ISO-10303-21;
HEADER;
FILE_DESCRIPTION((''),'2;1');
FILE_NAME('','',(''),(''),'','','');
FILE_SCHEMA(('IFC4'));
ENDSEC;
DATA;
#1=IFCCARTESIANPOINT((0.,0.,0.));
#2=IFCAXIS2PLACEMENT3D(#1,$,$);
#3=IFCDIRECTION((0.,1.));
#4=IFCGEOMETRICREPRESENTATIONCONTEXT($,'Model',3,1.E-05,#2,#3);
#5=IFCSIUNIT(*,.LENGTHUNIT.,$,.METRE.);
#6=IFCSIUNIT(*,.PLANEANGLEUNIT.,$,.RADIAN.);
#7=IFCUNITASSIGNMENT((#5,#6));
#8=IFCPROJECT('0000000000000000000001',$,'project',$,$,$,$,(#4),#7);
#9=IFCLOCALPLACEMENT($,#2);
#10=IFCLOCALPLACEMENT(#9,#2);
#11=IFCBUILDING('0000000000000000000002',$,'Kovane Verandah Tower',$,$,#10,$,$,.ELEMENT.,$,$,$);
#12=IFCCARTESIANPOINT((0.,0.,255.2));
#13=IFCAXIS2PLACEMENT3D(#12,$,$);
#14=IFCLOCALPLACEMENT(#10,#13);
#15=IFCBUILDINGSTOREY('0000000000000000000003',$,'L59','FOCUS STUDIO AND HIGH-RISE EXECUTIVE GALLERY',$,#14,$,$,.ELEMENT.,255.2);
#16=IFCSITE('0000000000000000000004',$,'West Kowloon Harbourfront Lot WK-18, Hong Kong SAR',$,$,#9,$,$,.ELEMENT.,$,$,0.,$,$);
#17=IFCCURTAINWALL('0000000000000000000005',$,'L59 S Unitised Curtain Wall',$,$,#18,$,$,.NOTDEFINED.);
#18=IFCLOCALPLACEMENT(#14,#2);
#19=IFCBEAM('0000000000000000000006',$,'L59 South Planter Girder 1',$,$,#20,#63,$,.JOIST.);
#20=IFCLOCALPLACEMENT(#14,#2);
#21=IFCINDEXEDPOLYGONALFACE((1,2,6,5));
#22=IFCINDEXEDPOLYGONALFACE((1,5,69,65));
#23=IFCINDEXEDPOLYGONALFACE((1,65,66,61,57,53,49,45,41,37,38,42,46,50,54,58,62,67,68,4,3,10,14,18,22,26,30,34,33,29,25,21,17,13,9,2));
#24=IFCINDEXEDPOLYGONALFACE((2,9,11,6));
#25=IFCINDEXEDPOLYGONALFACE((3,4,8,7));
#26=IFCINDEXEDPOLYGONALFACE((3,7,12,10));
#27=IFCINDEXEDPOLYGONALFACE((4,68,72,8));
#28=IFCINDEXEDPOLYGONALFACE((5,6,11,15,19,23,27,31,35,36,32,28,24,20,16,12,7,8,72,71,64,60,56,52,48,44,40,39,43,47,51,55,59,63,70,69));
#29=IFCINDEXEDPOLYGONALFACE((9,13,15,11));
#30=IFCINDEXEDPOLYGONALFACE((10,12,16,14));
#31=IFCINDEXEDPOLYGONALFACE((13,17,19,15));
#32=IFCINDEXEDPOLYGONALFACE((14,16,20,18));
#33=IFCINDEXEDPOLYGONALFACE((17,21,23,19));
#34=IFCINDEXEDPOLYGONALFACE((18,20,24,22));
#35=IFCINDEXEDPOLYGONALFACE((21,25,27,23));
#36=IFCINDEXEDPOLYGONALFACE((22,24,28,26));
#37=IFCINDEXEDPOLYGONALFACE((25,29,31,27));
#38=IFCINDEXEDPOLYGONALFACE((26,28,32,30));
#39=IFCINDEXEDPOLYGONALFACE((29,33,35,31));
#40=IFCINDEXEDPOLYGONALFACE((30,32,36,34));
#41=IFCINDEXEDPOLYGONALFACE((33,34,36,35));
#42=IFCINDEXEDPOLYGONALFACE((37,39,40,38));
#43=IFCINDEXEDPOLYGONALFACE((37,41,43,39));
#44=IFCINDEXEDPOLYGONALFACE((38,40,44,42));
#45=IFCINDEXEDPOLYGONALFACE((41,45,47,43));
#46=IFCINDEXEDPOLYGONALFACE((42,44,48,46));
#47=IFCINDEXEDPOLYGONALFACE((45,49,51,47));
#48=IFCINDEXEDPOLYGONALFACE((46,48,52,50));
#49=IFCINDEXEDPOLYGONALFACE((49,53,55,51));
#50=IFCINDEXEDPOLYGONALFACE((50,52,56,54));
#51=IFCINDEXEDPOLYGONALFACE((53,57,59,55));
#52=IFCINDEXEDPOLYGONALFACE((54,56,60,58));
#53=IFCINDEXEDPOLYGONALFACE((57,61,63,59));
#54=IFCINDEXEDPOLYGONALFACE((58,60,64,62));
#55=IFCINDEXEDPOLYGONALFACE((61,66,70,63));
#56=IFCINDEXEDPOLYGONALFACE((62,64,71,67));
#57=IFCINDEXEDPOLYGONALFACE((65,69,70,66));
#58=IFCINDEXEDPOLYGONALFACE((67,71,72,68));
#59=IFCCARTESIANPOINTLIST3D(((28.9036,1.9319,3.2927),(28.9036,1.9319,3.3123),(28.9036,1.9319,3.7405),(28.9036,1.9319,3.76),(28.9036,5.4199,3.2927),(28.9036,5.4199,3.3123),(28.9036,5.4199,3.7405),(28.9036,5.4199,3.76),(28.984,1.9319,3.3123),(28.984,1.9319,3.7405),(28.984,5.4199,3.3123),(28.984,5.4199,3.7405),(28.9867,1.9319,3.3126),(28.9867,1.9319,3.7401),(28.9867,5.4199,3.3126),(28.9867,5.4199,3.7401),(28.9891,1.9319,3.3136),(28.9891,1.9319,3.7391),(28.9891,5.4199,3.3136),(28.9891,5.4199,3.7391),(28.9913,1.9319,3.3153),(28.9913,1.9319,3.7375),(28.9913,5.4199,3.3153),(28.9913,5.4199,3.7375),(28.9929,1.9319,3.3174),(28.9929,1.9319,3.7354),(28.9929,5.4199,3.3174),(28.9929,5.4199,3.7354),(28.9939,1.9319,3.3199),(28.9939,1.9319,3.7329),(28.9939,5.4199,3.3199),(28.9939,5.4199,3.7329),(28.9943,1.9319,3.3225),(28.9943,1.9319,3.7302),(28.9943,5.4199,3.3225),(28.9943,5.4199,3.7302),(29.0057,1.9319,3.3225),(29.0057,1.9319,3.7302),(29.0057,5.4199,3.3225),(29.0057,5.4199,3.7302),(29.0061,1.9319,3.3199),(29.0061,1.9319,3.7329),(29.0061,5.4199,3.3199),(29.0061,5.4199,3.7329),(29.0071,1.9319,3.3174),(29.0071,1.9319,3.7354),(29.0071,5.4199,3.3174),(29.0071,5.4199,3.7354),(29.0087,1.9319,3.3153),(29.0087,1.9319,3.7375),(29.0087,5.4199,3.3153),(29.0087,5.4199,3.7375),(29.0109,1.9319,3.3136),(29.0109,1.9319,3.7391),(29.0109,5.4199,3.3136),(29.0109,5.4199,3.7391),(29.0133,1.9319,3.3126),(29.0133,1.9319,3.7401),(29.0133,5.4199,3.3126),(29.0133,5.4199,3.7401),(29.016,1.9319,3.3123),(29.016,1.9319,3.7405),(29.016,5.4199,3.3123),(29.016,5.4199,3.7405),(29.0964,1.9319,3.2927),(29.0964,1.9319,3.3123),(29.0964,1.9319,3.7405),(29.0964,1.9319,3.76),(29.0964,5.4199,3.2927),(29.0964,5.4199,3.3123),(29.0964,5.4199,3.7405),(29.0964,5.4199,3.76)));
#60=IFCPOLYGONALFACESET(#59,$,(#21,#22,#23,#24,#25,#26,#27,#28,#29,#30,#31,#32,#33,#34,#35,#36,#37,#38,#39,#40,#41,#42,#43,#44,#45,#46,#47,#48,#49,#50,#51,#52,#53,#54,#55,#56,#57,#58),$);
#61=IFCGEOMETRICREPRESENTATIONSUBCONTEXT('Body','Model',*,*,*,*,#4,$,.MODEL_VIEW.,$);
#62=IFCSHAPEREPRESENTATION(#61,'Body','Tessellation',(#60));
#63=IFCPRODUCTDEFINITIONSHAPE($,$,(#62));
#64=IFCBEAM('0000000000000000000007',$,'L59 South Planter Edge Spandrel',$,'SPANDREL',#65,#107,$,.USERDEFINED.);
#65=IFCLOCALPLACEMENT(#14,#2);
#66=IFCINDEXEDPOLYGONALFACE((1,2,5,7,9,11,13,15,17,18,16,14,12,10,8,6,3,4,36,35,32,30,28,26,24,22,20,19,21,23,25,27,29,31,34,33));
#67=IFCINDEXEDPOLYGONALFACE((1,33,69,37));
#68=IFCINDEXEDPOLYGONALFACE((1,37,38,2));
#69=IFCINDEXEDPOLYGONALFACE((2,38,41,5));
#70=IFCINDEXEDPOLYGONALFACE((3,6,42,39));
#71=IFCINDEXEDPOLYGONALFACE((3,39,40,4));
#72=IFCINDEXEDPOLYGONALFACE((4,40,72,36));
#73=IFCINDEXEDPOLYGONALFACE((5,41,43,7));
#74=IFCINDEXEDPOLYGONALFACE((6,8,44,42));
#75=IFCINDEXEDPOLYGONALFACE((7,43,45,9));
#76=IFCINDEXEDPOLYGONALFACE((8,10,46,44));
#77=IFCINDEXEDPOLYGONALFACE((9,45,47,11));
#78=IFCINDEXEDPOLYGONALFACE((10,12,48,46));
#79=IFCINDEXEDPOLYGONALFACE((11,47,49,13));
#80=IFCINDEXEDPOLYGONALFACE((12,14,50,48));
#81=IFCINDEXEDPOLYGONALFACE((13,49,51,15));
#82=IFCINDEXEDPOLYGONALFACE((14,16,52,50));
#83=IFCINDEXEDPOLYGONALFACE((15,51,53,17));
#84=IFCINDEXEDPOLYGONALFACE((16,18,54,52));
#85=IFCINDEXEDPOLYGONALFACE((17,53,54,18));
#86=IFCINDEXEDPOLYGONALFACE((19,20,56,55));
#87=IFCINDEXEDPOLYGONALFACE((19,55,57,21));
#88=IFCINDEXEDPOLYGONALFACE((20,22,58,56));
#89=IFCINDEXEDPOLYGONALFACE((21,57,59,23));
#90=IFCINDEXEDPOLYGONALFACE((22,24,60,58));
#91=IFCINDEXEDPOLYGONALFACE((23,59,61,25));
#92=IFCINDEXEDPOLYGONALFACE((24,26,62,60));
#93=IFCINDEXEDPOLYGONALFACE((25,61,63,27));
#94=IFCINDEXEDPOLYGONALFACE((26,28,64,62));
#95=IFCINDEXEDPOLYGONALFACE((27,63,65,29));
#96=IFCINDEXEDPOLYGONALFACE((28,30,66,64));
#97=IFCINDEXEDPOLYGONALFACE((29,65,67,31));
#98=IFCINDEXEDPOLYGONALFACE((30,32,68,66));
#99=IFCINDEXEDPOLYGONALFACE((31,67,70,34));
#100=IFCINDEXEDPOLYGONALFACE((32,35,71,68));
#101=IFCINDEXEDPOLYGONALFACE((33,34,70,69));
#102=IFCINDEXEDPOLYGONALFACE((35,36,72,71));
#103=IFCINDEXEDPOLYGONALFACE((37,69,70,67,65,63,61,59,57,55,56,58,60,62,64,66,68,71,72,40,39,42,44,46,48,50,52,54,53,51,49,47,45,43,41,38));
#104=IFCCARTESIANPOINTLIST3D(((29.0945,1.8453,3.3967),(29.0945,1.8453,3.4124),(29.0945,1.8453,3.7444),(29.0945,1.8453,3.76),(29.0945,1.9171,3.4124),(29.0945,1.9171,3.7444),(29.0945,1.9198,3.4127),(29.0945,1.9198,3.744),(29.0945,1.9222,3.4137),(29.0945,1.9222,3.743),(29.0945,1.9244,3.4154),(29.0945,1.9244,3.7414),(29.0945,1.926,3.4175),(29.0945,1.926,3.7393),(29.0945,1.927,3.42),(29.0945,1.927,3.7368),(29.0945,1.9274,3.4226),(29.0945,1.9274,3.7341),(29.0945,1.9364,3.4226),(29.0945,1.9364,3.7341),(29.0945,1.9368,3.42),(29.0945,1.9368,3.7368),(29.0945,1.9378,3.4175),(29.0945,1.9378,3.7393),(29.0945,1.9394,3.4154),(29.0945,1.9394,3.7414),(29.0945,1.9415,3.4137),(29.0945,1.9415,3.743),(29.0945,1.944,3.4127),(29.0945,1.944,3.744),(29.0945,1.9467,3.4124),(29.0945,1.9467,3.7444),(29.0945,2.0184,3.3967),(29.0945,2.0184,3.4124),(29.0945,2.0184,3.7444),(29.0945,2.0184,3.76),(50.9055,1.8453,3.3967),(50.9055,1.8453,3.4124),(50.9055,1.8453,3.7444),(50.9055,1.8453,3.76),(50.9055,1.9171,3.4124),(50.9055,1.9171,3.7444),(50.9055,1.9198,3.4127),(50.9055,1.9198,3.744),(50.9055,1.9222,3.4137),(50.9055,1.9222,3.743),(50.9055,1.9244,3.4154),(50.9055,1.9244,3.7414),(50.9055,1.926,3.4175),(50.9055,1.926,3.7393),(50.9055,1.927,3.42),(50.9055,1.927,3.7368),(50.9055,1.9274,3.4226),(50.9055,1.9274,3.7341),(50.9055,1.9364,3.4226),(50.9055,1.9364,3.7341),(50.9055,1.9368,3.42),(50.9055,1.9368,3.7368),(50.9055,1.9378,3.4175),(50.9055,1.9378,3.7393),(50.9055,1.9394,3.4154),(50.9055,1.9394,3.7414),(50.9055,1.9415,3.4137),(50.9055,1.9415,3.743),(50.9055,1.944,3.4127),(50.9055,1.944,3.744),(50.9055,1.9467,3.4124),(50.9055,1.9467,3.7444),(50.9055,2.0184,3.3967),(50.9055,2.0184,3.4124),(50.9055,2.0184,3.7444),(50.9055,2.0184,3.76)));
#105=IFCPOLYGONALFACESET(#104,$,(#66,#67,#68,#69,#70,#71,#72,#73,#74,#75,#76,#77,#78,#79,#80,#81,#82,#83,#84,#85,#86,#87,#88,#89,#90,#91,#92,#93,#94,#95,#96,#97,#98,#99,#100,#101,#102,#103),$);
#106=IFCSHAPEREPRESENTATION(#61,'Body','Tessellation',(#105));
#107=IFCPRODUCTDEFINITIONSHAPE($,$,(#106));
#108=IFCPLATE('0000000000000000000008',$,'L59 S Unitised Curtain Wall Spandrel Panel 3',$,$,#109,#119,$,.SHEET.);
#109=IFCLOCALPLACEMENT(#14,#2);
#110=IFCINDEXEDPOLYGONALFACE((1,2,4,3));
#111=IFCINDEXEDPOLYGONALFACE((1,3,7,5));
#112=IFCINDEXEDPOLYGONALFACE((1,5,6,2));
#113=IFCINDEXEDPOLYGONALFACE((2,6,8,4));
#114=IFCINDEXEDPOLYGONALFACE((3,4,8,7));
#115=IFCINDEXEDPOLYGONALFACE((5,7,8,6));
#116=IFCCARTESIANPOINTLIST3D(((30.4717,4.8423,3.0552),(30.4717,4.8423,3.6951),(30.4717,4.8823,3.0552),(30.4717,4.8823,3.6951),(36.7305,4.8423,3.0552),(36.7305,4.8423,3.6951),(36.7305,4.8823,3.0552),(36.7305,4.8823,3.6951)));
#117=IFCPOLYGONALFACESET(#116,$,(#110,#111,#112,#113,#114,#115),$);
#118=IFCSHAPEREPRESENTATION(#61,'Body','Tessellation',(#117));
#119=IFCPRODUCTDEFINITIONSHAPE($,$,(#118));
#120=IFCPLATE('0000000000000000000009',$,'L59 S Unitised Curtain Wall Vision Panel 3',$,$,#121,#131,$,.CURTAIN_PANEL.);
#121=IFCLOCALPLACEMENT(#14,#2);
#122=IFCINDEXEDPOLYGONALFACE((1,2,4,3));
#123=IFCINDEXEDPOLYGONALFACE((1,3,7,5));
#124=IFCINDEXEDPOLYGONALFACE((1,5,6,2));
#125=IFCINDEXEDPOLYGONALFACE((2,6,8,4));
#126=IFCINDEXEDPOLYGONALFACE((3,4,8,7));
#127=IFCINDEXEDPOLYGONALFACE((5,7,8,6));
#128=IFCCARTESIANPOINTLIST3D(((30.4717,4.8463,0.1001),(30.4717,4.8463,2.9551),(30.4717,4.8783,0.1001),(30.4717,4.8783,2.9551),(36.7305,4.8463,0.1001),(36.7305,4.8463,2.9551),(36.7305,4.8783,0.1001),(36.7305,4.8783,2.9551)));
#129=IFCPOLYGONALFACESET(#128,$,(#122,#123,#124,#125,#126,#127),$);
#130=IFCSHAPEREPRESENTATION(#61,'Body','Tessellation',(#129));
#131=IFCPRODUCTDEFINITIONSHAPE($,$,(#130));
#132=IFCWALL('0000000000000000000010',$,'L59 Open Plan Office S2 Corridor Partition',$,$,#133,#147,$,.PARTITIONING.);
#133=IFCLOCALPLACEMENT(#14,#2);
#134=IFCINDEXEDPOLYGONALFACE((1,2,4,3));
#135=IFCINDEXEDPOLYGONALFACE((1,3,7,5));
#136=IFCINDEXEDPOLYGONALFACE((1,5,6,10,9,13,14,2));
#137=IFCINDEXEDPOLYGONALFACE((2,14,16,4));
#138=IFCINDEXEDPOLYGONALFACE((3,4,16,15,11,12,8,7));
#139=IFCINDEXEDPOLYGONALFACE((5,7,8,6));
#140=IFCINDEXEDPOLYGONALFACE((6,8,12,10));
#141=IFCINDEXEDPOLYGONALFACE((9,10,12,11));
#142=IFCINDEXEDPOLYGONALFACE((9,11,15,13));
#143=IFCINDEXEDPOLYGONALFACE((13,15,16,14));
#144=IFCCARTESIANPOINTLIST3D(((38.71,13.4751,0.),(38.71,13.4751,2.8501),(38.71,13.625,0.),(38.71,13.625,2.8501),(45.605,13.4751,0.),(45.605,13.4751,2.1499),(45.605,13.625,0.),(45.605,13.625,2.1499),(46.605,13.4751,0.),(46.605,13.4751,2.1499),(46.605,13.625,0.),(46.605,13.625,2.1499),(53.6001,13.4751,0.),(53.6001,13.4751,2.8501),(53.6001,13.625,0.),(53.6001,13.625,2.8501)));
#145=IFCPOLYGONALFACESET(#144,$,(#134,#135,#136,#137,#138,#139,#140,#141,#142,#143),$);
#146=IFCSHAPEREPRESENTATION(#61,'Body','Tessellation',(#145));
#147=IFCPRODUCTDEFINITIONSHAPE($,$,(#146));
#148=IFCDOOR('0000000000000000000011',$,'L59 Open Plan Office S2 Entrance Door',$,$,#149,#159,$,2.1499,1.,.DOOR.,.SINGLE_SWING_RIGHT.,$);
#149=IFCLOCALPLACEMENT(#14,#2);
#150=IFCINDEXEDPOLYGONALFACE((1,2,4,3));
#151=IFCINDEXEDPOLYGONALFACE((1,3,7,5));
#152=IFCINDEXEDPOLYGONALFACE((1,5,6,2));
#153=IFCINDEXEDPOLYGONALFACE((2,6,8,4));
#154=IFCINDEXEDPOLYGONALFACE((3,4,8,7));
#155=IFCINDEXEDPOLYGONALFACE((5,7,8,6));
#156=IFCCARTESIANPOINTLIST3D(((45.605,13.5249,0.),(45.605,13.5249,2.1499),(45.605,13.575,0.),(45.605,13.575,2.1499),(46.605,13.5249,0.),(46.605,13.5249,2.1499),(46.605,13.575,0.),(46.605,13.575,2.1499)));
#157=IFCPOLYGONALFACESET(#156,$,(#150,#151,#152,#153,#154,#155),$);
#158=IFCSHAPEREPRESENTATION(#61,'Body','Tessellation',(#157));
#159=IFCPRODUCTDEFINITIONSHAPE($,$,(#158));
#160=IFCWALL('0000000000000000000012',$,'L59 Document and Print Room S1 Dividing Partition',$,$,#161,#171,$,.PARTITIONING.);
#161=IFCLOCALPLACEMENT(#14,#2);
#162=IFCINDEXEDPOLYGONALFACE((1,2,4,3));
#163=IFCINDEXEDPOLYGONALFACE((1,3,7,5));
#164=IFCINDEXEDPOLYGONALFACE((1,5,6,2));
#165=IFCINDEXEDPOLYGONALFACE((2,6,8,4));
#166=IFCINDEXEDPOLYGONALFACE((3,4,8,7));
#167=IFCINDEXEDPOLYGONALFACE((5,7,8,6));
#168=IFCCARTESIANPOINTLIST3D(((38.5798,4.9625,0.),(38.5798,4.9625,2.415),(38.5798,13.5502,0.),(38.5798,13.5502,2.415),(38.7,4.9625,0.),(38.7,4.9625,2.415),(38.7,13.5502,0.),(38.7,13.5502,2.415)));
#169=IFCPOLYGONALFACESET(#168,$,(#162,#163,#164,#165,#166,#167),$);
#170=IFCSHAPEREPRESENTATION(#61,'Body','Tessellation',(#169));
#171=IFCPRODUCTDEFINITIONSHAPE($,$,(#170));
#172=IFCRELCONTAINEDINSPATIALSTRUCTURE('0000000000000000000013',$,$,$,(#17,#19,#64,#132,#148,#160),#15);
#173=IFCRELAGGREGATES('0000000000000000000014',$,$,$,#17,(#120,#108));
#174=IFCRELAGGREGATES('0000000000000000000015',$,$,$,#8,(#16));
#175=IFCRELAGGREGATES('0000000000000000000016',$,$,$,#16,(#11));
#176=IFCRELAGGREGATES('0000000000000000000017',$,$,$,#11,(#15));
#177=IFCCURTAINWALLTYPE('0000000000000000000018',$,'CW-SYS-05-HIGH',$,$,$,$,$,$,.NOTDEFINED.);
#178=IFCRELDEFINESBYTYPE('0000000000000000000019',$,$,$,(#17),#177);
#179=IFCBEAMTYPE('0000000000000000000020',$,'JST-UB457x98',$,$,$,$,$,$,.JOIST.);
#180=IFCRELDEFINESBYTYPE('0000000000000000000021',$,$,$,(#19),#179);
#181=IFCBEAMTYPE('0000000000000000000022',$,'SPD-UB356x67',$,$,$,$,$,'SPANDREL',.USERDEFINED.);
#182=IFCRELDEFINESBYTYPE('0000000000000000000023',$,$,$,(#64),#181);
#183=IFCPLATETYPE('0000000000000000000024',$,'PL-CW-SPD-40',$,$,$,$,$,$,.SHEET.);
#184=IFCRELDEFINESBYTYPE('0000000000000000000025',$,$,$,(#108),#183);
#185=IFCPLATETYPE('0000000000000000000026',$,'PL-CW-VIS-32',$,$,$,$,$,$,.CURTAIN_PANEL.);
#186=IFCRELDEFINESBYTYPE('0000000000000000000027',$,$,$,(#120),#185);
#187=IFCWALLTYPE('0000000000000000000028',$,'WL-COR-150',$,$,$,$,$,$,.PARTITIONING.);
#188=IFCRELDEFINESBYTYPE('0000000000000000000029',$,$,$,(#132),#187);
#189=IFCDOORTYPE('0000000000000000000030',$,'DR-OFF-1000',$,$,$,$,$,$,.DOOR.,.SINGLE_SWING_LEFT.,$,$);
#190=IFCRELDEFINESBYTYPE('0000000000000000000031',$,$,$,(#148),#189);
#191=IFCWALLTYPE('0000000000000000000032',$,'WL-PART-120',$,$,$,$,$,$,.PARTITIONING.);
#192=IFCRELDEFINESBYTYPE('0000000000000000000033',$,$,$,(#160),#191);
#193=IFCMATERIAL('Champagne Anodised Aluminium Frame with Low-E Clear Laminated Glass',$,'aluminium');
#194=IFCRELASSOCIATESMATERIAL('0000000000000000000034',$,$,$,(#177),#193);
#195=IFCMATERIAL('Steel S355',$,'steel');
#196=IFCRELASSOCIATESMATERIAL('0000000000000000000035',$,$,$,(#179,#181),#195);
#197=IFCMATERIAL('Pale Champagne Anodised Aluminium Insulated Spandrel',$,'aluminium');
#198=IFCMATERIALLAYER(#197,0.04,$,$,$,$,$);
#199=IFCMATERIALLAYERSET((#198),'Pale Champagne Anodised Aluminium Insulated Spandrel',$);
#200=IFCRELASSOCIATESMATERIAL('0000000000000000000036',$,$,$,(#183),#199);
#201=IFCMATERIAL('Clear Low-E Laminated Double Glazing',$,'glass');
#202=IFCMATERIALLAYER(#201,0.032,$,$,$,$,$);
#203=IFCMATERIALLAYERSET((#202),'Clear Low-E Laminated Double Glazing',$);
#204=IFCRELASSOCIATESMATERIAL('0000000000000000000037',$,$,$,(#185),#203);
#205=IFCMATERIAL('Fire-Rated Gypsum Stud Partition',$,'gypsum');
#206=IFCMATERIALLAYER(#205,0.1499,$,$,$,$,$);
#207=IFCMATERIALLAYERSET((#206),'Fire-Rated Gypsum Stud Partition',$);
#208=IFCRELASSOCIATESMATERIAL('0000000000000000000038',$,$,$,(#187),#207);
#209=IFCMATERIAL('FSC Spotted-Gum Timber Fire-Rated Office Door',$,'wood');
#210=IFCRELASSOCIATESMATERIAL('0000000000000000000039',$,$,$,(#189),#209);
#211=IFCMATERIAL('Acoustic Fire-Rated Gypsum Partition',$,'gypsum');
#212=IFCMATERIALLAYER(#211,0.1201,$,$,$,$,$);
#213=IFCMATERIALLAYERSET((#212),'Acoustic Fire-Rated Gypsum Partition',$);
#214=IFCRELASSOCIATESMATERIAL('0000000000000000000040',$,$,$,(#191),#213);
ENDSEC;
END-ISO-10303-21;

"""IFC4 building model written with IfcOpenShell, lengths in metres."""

from ifc_helpers import new_model, si_unit, direction, frame, frame_2d, origin, origin_2d, place, context, subcontext, project, spatial, rectangle, i_section, extrude, material, layer, layer_set, material_profile, profile_set, type_object, element, fill, aggregate, save


model = new_model("IFC4")

# Units and contexts
model_context = context("Model", 3, precision=1e-05, world=origin(), true_north=direction((0.0, 1.0)))
body_context = subcontext(model_context, "Body", "Model", "MODEL_VIEW")
ifc_project = project(units=[si_unit("LENGTHUNIT", "METRE"), si_unit("PLANEANGLEUNIT", "RADIAN")], contexts=[model_context])

# Site, building, storey
site_placement = place(None, origin())
site = spatial("IfcSite", under=ifc_project, at=site_placement, Name="West Kowloon Harbourfront Lot WK-18, Hong Kong SAR", CompositionType="ELEMENT", RefElevation=0.0)
building_placement = place(site_placement, origin())
building = spatial("IfcBuilding", under=site, at=building_placement, Name="Kovane Verandah Tower", CompositionType="ELEMENT")
storey_placement = place(building_placement, frame((0.0, 0.0, 255.2)))
storey = spatial("IfcBuildingStorey", under=building, at=storey_placement, Name="L59", Description="FOCUS STUDIO AND HIGH-RISE EXECUTIVE GALLERY", CompositionType="ELEMENT", Elevation=255.2)

# Shared definitions
ifc_material_1 = material(Name="Steel S355", Category="steel")

# Curtain wall
ifc_material_2 = material(Name="Champagne Anodised Aluminium Frame with Low-E Clear Laminated Glass", Category="aluminium")
curtain_wall_type = type_object("IfcCurtainWallType", Name="CW-SYS-05-HIGH", PredefinedType="NOTDEFINED", material=ifc_material_2)
curtain_wall_placement = place(storey_placement, origin())
curtain_wall = element("IfcCurtainWall", 1, at=curtain_wall_placement, inside=storey, type_object=curtain_wall_type, Name="L59 S Unitised Curtain Wall", PredefinedType="NOTDEFINED")

# Beams
ifc_material_profile_1 = material_profile(ifc_material_1, i_section(OverallWidth=0.1929, OverallDepth=0.4673, WebThickness=0.0115, FlangeThickness=0.0195, FilletRadius=0.0103, at=origin_2d()), Name="UB457x191x98")
ifc_profile_set_1 = profile_set([ifc_material_profile_1], Name="Steel S355")
beam_type_1 = type_object("IfcBeamType", Name="JST-UB457x98", PredefinedType="JOIST", material=ifc_profile_set_1)
beam_1_placement = place(storey_placement, frame((29.0, 5.4199, 3.5264), z_axis=(0.0, -1.0, 0.0), x_axis=(1.0, 0.0, 0.0)))
element("IfcBeam", 2, at=beam_1_placement, inside=storey, type_object=beam_type_1, Name="L59 South Planter Girder 1", PredefinedType="JOIST", context=body_context, shape_type="SweptSolid", body=[
    extrude(i_section(OverallWidth=0.1929, OverallDepth=0.4673, WebThickness=0.0115, FlangeThickness=0.0195, FilletRadius=0.0103, at=origin_2d()), origin(), (0.0, 0.0, 1.0), 3.488),
])
ifc_material_profile_2 = material_profile(ifc_material_1, i_section(OverallWidth=0.1731, OverallDepth=0.3633, WebThickness=0.009, FlangeThickness=0.0156, FilletRadius=0.0103, at=origin_2d()), Name="UB356x171x67")
ifc_profile_set_2 = profile_set([ifc_material_profile_2], Name="Steel S355")
beam_type_2 = type_object("IfcBeamType", Name="SPD-UB356x67", ElementType="SPANDREL", PredefinedType="USERDEFINED", material=ifc_profile_set_2)
beam_2_placement = place(storey_placement, frame((29.0945, 1.9319, 3.5784), z_axis=(1.0, 0.0, 0.0), x_axis=(0.0, 1.0, 0.0)))
element("IfcBeam", 3, at=beam_2_placement, inside=storey, type_object=beam_type_2, Name="L59 South Planter Edge Spandrel", ObjectType="SPANDREL", PredefinedType="USERDEFINED", context=body_context, shape_type="SweptSolid", body=[
    extrude(i_section(OverallWidth=0.1731, OverallDepth=0.3633, WebThickness=0.009, FlangeThickness=0.0156, FilletRadius=0.0103, at=origin_2d()), origin(), (0.0, 0.0, 1.0), 21.811),
])

# Plates
ifc_material_3 = material(Name="Pale Champagne Anodised Aluminium Insulated Spandrel", Category="aluminium")
ifc_layer_1 = layer(ifc_material_3, 0.04)
ifc_layer_set_1 = layer_set([ifc_layer_1], Name="Pale Champagne Anodised Aluminium Insulated Spandrel")
plate_type_1 = type_object("IfcPlateType", Name="PL-CW-SPD-40", PredefinedType="SHEET", material=ifc_layer_set_1)
plate_1_placement = place(storey_placement, frame((33.6011, 4.8623, 3.0552), z_axis=(0.0, 0.0, 1.0), x_axis=(1.0, 0.0, 0.0)))
plate_1 = element("IfcPlate", 4, at=plate_1_placement, type_object=plate_type_1, Name="L59 S Unitised Curtain Wall Spandrel Panel 3", PredefinedType="SHEET", context=body_context, shape_type="SweptSolid", body=[
    extrude(rectangle(XDim=6.2588, YDim=0.04, at=origin_2d()), origin(), (0.0, 0.0, 1.0), 0.6399),
])
ifc_material_4 = material(Name="Clear Low-E Laminated Double Glazing", Category="glass")
ifc_layer_2 = layer(ifc_material_4, 0.032)
ifc_layer_set_2 = layer_set([ifc_layer_2], Name="Clear Low-E Laminated Double Glazing")
plate_type_2 = type_object("IfcPlateType", Name="PL-CW-VIS-32", PredefinedType="CURTAIN_PANEL", material=ifc_layer_set_2)
plate_2_placement = place(storey_placement, frame((33.6011, 4.8623, 0.1001), z_axis=(0.0, 0.0, 1.0), x_axis=(1.0, 0.0, 0.0)))
plate_2 = element("IfcPlate", 5, at=plate_2_placement, type_object=plate_type_2, Name="L59 S Unitised Curtain Wall Vision Panel 3", PredefinedType="CURTAIN_PANEL", context=body_context, shape_type="SweptSolid", body=[
    extrude(rectangle(XDim=6.2588, YDim=0.032, at=origin_2d()), origin(), (0.0, 0.0, 1.0), 2.855),
])
aggregate(curtain_wall, [plate_2, plate_1])

# Wall, opening, door
ifc_material_5 = material(Name="Fire-Rated Gypsum Stud Partition", Category="gypsum")
ifc_layer_3 = layer(ifc_material_5, 0.1499)
ifc_layer_set_3 = layer_set([ifc_layer_3], Name="Fire-Rated Gypsum Stud Partition")
wall_type_1 = type_object("IfcWallType", Name="WL-COR-150", PredefinedType="PARTITIONING", material=ifc_layer_set_3)
wall_1_placement = place(storey_placement, frame((38.71, 13.55, 0.0), z_axis=(0.0, 0.0, 1.0), x_axis=(1.0, 0.0, 0.0)))
wall_1 = element("IfcWall", 6, at=wall_1_placement, inside=storey, type_object=wall_type_1, Name="L59 Open Plan Office S2 Corridor Partition", PredefinedType="PARTITIONING", context=body_context, shape_type="SweptSolid", body=[
    extrude(rectangle(XDim=14.8901, YDim=0.1499, at=frame_2d((7.4451, 0.0))), origin(), (0.0, 0.0, 1.0), 2.8501),
])
opening_placement = place(wall_1_placement, frame((6.895, 0.0, 0.0)))
opening = element("IfcOpeningElement", 7, at=opening_placement, cuts=wall_1, PredefinedType="OPENING", context=body_context, shape_type="SweptSolid", body=[
    extrude(rectangle(XDim=1.0, YDim=2.1499, at=frame_2d((0.5, 1.075))), frame((0.0, 0.075, 0.0), z_axis=(0.0, -1.0, 0.0), x_axis=(1.0, 0.0, 0.0)), (0.0, 0.0, 1.0), 0.1499),
])
ifc_material_6 = material(Name="FSC Spotted-Gum Timber Fire-Rated Office Door", Category="wood")
door_type = type_object("IfcDoorType", Name="DR-OFF-1000", OperationType="SINGLE_SWING_LEFT", PredefinedType="DOOR", material=ifc_material_6)
door_placement = place(opening_placement, origin())
door = element("IfcDoor", 8, at=door_placement, inside=storey, type_object=door_type, Name="L59 Open Plan Office S2 Entrance Door", OperationType="SINGLE_SWING_RIGHT", OverallHeight=2.1499, OverallWidth=1.0, PredefinedType="DOOR", context=body_context, shape_type="SweptSolid", body=[
    extrude(rectangle(XDim=1.0, YDim=2.1499, at=frame_2d((0.5, 1.075))), frame((0.0, 0.0249, 0.0), z_axis=(0.0, -1.0, 0.0), x_axis=(1.0, 0.0, 0.0)), (0.0, 0.0, 1.0), 0.05),
])
fill(opening, door)

# Wall
ifc_material_7 = material(Name="Acoustic Fire-Rated Gypsum Partition", Category="gypsum")
ifc_layer_4 = layer(ifc_material_7, 0.1201)
ifc_layer_set_4 = layer_set([ifc_layer_4], Name="Acoustic Fire-Rated Gypsum Partition")
wall_type_2 = type_object("IfcWallType", Name="WL-PART-120", PredefinedType="PARTITIONING", material=ifc_layer_set_4)
wall_2_placement = place(storey_placement, frame((38.6399, 4.9624, 0.0), z_axis=(0.0, 0.0, 1.0), x_axis=(0.0, 1.0, 0.0)))
element("IfcWall", 9, at=wall_2_placement, inside=storey, type_object=wall_type_2, Name="L59 Document and Print Room S1 Dividing Partition", PredefinedType="PARTITIONING", context=body_context, shape_type="SweptSolid", body=[
    extrude(rectangle(XDim=8.5876, YDim=0.1201, at=frame_2d((4.2939, 0.0))), origin(), (0.0, 0.0, 1.0), 2.415),
])

save(model, "model.ifc")
